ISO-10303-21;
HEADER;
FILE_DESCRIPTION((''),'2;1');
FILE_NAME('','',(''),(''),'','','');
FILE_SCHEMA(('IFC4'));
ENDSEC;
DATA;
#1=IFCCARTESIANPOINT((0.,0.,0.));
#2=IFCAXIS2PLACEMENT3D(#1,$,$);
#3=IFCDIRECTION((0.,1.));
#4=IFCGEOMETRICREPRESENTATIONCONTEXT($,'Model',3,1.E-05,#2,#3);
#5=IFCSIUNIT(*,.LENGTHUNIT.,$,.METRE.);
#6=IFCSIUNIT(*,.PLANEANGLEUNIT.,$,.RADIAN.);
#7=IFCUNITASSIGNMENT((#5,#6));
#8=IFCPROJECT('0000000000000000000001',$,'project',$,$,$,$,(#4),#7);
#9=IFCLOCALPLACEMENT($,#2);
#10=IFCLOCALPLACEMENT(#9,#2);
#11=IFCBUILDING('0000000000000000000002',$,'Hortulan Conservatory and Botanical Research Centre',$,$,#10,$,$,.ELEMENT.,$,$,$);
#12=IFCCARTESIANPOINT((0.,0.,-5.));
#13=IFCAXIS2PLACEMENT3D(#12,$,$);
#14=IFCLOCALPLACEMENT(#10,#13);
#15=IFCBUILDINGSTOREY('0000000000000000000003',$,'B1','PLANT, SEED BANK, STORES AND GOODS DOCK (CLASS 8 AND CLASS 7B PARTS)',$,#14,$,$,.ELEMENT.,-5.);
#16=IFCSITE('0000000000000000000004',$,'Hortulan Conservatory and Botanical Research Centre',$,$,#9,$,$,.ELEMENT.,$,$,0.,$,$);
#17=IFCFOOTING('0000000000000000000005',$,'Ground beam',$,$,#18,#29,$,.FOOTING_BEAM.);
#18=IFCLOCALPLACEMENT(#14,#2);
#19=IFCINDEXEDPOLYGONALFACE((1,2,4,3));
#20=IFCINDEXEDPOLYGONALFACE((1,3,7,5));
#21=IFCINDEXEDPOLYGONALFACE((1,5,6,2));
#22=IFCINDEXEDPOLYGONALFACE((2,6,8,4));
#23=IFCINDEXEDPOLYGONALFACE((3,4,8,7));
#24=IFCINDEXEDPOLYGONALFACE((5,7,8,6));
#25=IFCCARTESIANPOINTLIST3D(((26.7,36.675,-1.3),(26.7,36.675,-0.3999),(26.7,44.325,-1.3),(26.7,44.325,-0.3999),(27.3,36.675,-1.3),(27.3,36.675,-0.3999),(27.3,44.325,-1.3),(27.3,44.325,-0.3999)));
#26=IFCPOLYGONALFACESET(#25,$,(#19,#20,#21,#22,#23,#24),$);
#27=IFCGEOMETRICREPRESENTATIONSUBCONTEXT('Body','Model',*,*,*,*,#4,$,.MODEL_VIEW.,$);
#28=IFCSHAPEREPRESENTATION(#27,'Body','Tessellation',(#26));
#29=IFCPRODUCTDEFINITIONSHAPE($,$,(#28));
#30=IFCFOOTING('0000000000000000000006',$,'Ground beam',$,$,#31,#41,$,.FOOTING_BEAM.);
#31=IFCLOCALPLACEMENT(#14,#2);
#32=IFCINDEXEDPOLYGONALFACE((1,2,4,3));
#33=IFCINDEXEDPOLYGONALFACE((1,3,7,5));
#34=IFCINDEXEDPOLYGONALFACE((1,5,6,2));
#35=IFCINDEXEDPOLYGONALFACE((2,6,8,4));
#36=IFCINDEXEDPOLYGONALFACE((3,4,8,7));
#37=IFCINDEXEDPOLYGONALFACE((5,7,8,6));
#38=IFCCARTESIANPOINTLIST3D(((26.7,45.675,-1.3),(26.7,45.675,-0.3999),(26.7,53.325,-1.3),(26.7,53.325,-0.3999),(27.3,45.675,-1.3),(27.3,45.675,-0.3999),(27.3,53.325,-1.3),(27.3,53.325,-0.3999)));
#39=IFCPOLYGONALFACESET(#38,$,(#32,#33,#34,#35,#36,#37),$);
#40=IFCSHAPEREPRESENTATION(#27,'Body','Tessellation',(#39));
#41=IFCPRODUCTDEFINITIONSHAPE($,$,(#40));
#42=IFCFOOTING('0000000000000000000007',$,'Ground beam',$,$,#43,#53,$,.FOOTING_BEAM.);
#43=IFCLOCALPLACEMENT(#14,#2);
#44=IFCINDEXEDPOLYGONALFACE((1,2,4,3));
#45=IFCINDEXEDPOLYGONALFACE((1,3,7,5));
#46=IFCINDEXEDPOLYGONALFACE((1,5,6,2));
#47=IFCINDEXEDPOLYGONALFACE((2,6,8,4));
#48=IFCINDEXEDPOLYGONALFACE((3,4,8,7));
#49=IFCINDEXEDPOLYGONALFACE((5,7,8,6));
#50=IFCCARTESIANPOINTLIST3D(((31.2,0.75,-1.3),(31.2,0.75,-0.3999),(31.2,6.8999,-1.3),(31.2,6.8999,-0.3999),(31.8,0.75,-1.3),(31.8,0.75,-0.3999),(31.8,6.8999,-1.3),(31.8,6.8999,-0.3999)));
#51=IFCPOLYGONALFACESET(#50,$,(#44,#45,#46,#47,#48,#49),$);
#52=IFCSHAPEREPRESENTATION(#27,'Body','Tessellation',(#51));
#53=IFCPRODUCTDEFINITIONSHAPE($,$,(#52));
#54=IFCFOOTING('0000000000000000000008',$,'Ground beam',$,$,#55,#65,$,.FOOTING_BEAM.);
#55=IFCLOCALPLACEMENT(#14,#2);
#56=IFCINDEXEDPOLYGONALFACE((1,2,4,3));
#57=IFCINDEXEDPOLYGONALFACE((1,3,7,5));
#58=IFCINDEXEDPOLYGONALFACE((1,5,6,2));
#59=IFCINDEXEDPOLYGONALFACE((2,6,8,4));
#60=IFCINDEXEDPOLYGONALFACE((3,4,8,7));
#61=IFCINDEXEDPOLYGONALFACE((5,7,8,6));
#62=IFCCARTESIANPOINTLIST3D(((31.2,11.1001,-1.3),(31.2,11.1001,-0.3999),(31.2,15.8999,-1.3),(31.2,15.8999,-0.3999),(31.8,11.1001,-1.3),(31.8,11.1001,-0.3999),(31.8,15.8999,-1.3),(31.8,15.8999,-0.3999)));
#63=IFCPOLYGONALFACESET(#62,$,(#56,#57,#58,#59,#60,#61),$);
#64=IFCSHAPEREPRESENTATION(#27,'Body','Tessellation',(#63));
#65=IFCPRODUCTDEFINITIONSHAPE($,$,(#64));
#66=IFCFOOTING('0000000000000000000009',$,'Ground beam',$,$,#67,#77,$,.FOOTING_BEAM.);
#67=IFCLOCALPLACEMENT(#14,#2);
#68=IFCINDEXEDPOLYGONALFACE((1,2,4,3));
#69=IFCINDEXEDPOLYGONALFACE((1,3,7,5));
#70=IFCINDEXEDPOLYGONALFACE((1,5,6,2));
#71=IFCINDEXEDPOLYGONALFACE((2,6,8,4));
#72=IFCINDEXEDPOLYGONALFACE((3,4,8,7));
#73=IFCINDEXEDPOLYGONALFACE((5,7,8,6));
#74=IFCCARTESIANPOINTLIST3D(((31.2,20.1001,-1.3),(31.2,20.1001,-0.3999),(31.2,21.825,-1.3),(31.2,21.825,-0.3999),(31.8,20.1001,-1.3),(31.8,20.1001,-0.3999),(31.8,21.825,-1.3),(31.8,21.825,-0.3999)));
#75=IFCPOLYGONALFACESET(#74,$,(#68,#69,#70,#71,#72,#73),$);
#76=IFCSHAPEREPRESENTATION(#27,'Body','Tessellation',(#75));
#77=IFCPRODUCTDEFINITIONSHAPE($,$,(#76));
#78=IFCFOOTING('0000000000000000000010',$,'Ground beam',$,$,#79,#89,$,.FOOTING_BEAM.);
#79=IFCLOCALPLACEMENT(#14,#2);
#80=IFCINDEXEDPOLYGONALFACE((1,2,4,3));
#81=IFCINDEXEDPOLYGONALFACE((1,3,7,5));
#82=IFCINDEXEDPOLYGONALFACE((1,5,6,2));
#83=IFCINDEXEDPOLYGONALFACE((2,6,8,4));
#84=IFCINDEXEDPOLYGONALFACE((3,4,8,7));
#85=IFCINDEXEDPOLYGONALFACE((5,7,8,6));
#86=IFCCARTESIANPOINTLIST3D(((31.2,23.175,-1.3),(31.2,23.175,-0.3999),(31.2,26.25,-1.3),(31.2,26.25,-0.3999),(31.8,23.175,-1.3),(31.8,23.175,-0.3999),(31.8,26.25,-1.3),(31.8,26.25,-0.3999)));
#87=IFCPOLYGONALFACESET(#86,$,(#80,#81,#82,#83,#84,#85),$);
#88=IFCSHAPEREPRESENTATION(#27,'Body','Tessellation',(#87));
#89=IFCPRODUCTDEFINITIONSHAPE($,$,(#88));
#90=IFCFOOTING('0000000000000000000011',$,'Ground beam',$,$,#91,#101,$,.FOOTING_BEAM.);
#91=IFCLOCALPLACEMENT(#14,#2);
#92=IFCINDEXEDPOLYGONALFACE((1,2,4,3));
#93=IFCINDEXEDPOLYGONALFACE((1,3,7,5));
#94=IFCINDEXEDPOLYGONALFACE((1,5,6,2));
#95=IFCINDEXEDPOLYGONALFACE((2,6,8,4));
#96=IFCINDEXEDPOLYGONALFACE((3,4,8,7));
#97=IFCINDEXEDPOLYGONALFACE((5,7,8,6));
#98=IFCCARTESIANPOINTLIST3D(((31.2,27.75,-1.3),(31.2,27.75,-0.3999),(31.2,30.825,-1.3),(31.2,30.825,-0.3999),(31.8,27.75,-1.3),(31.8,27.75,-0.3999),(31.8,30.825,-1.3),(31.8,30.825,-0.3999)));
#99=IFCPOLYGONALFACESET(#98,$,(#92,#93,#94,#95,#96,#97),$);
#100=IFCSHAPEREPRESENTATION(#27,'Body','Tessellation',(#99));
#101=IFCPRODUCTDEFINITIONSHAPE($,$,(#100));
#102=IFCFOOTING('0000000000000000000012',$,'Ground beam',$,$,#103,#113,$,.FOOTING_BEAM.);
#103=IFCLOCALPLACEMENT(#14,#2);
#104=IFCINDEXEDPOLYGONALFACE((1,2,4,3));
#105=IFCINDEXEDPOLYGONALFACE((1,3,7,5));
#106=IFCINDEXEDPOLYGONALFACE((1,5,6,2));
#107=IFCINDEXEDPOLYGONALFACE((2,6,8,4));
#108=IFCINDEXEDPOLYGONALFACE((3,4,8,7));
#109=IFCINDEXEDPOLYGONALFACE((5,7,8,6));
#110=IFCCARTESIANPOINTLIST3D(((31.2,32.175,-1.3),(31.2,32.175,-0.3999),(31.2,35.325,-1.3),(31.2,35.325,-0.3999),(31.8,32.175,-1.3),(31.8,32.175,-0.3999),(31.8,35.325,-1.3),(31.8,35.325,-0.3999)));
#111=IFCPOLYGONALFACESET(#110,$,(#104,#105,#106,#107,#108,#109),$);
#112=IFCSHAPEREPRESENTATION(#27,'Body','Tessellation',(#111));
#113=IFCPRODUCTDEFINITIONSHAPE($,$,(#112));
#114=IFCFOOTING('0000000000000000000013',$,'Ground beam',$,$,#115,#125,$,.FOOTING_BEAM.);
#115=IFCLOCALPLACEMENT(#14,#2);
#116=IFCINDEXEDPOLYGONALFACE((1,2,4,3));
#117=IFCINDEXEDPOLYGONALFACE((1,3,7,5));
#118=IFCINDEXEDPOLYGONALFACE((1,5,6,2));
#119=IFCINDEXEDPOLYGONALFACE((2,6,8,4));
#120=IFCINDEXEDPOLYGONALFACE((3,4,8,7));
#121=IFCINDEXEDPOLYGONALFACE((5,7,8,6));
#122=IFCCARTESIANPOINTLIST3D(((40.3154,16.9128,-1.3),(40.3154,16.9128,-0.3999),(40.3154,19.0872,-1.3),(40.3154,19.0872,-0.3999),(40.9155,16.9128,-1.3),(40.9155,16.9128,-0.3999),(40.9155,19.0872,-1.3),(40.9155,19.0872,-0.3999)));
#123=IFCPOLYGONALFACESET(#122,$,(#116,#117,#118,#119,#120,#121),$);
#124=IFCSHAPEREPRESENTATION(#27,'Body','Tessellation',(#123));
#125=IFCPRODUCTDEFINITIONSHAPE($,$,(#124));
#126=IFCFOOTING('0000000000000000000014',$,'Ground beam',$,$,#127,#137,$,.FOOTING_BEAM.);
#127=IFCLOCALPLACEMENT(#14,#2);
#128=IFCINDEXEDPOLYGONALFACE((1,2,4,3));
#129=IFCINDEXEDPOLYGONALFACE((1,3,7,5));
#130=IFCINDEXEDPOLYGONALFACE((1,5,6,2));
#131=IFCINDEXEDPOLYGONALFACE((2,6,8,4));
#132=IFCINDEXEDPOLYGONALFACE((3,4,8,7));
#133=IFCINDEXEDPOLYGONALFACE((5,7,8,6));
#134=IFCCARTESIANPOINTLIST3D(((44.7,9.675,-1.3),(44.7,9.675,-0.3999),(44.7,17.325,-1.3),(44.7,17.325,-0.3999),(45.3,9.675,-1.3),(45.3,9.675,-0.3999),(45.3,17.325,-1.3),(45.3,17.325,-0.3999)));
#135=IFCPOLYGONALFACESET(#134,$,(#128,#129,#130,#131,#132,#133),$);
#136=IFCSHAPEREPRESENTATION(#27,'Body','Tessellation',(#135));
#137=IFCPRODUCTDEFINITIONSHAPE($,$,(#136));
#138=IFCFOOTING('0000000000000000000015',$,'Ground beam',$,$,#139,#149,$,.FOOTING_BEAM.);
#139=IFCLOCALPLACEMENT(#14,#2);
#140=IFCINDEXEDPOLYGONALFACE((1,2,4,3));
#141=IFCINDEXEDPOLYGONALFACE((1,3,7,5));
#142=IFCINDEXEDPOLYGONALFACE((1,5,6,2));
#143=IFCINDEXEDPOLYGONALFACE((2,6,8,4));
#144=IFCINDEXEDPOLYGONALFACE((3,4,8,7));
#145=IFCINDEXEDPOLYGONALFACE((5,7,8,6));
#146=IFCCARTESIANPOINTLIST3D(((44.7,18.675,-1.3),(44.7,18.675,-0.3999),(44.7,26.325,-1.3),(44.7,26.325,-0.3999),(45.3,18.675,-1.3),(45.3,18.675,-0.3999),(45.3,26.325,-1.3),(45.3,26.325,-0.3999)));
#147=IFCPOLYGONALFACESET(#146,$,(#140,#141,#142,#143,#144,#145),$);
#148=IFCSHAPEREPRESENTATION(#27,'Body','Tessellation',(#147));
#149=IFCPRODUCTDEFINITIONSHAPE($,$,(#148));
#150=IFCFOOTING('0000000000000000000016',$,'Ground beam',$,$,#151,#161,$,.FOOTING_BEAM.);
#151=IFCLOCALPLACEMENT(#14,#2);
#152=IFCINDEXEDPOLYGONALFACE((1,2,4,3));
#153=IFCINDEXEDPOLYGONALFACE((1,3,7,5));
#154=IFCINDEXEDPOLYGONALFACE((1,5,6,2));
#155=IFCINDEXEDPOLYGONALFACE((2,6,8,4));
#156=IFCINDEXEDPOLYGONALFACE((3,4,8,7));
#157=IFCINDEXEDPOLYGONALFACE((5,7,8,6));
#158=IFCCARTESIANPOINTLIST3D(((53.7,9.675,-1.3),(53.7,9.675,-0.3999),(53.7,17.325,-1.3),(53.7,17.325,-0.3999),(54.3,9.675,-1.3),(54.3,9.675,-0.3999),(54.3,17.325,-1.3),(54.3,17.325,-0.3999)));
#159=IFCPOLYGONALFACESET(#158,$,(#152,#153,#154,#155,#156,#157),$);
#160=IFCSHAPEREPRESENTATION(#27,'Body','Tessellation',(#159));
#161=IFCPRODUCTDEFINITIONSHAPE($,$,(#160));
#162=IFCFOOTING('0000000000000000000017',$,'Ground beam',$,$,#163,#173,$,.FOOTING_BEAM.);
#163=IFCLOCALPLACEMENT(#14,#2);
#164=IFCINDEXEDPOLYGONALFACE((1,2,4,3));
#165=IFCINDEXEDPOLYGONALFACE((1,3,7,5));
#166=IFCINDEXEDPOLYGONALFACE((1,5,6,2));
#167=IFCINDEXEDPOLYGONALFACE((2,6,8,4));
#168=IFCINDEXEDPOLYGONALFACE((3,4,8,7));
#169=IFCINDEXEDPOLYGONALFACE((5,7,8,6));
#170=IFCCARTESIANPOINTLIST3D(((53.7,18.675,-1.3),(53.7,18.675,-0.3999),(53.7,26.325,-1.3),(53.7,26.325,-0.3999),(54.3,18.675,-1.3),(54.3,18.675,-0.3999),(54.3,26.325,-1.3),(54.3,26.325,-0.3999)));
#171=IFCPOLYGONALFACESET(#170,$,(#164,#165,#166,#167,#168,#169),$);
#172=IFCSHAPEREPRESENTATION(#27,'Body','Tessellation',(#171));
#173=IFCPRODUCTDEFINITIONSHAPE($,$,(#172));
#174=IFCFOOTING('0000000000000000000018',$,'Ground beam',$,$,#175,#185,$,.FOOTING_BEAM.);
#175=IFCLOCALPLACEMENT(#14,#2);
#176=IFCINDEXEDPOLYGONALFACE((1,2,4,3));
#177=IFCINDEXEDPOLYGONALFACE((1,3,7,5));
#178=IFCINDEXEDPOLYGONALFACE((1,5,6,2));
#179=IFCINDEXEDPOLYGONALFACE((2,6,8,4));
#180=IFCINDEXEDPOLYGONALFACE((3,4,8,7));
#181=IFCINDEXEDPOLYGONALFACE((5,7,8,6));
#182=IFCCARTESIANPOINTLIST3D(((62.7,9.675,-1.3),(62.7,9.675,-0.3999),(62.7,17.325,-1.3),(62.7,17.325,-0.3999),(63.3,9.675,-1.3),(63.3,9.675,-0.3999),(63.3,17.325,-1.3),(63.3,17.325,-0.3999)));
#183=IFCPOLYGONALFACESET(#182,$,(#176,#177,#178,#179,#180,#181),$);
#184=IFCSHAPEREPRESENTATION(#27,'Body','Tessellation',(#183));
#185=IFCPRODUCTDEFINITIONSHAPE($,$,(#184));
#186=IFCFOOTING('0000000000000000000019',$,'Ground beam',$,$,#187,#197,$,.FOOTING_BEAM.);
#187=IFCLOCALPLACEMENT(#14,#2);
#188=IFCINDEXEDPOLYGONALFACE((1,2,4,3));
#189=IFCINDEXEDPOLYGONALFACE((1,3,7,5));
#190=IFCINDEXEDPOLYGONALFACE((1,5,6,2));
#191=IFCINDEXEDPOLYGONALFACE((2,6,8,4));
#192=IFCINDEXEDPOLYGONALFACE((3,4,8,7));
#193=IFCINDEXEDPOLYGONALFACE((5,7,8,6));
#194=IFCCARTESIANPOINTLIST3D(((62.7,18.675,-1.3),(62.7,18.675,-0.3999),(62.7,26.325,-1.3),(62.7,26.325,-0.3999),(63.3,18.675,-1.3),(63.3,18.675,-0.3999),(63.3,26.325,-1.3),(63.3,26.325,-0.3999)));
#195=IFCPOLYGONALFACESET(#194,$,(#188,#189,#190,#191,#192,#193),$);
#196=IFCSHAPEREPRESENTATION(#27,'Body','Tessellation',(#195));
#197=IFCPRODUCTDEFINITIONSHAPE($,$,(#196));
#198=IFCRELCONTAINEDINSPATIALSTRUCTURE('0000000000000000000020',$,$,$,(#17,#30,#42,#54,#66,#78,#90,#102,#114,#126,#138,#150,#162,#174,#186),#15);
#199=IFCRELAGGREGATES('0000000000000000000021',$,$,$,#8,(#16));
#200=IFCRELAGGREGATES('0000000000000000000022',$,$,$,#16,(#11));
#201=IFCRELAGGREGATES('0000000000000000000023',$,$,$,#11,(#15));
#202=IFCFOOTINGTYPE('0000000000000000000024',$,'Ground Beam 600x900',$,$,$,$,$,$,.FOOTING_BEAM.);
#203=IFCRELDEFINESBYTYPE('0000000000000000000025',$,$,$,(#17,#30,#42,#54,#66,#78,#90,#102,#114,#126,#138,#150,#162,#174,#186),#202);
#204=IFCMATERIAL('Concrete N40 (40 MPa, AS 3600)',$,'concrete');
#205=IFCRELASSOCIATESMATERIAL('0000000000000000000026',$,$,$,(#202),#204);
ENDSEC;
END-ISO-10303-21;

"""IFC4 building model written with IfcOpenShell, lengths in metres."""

from ifc_helpers import new_model, si_unit, direction, frame, origin, place, context, subcontext, project, spatial, polyline, outline, extrude, material, type_object, element, save


model = new_model("IFC4")

# Units and contexts
model_context = context("Model", 3, precision=1e-05, world=origin(), true_north=direction((0.0, 1.0)))
body_context = subcontext(model_context, "Body", "Model", "MODEL_VIEW")
ifc_project = project(units=[si_unit("LENGTHUNIT", "METRE"), si_unit("PLANEANGLEUNIT", "RADIAN")], contexts=[model_context])

# Site, building, storey
site_placement = place(None, origin())
site = spatial("IfcSite", under=ifc_project, at=site_placement, Name="Hortulan Conservatory and Botanical Research Centre", CompositionType="ELEMENT", RefElevation=0.0)
building_placement = place(site_placement, origin())
building = spatial("IfcBuilding", under=site, at=building_placement, Name="Hortulan Conservatory and Botanical Research Centre", CompositionType="ELEMENT")
storey_placement = place(building_placement, frame((0.0, 0.0, -5.0)))
storey = spatial("IfcBuildingStorey", under=building, at=storey_placement, Name="B1", Description="PLANT, SEED BANK, STORES AND GOODS DOCK (CLASS 8 AND CLASS 7B PARTS)", CompositionType="ELEMENT", Elevation=-5.0)

# Footings
ifc_material = material(Name="Concrete N40 (40 MPa, AS 3600)", Category="concrete")
footing_type = type_object("IfcFootingType", Name="Ground Beam 600x900", PredefinedType="FOOTING_BEAM", material=ifc_material)
footing_1_placement = place(storey_placement, frame((0.0, 0.0, -1.3)))
element("IfcFooting", 1, at=footing_1_placement, inside=storey, type_object=footing_type, Name="Ground beam", PredefinedType="FOOTING_BEAM", context=body_context, shape_type="SweptSolid", body=[
    extrude(outline(polyline([(27.3, 36.675), (27.3, 44.325), (26.7, 44.325), (26.7, 36.675), (27.3, 36.675)])), origin(), (0.0, 0.0, 1.0), 0.9001),
])
footing_2_placement = place(storey_placement, frame((0.0, 0.0, -1.3)))
element("IfcFooting", 2, at=footing_2_placement, inside=storey, type_object=footing_type, Name="Ground beam", PredefinedType="FOOTING_BEAM", context=body_context, shape_type="SweptSolid", body=[
    extrude(outline(polyline([(27.3, 45.675), (27.3, 53.325), (26.7, 53.325), (26.7, 45.675), (27.3, 45.675)])), origin(), (0.0, 0.0, 1.0), 0.9001),
])
footing_3_placement = place(storey_placement, frame((0.0, 0.0, -1.3)))
element("IfcFooting", 3, at=footing_3_placement, inside=storey, type_object=footing_type, Name="Ground beam", PredefinedType="FOOTING_BEAM", context=body_context, shape_type="SweptSolid", body=[
    extrude(outline(polyline([(31.8, 0.75), (31.8, 6.8999), (31.2, 6.8999), (31.2, 0.75), (31.8, 0.75)])), origin(), (0.0, 0.0, 1.0), 0.9001),
])
footing_4_placement = place(storey_placement, frame((0.0, 0.0, -1.3)))
element("IfcFooting", 4, at=footing_4_placement, inside=storey, type_object=footing_type, Name="Ground beam", PredefinedType="FOOTING_BEAM", context=body_context, shape_type="SweptSolid", body=[
    extrude(outline(polyline([(31.8, 11.1001), (31.8, 15.8999), (31.2, 15.8999), (31.2, 11.1001), (31.8, 11.1001)])), origin(), (0.0, 0.0, 1.0), 0.9001),
])
footing_5_placement = place(storey_placement, frame((0.0, 0.0, -1.3)))
element("IfcFooting", 5, at=footing_5_placement, inside=storey, type_object=footing_type, Name="Ground beam", PredefinedType="FOOTING_BEAM", context=body_context, shape_type="SweptSolid", body=[
    extrude(outline(polyline([(31.8, 20.1001), (31.8, 21.825), (31.2, 21.825), (31.2, 20.1001), (31.8, 20.1001)])), origin(), (0.0, 0.0, 1.0), 0.9001),
])
footing_6_placement = place(storey_placement, frame((0.0, 0.0, -1.3)))
element("IfcFooting", 6, at=footing_6_placement, inside=storey, type_object=footing_type, Name="Ground beam", PredefinedType="FOOTING_BEAM", context=body_context, shape_type="SweptSolid", body=[
    extrude(outline(polyline([(31.8, 23.175), (31.8, 26.25), (31.2, 26.25), (31.2, 23.175), (31.8, 23.175)])), origin(), (0.0, 0.0, 1.0), 0.9001),
])
footing_7_placement = place(storey_placement, frame((0.0, 0.0, -1.3)))
element("IfcFooting", 7, at=footing_7_placement, inside=storey, type_object=footing_type, Name="Ground beam", PredefinedType="FOOTING_BEAM", context=body_context, shape_type="SweptSolid", body=[
    extrude(outline(polyline([(31.8, 27.75), (31.8, 30.825), (31.2, 30.825), (31.2, 27.75), (31.8, 27.75)])), origin(), (0.0, 0.0, 1.0), 0.9001),
])
footing_8_placement = place(storey_placement, frame((0.0, 0.0, -1.3)))
element("IfcFooting", 8, at=footing_8_placement, inside=storey, type_object=footing_type, Name="Ground beam", PredefinedType="FOOTING_BEAM", context=body_context, shape_type="SweptSolid", body=[
    extrude(outline(polyline([(31.8, 32.175), (31.8, 35.325), (31.2, 35.325), (31.2, 32.175), (31.8, 32.175)])), origin(), (0.0, 0.0, 1.0), 0.9001),
])
footing_9_placement = place(storey_placement, frame((0.0, 0.0, -1.3)))
element("IfcFooting", 9, at=footing_9_placement, inside=storey, type_object=footing_type, Name="Ground beam", PredefinedType="FOOTING_BEAM", context=body_context, shape_type="SweptSolid", body=[
    extrude(outline(polyline([(40.9155, 16.9128), (40.9155, 19.0872), (40.3154, 19.0872), (40.3154, 16.9128), (40.9155, 16.9128)])), origin(), (0.0, 0.0, 1.0), 0.9001),
])
footing_10_placement = place(storey_placement, frame((0.0, 0.0, -1.3)))
element("IfcFooting", 10, at=footing_10_placement, inside=storey, type_object=footing_type, Name="Ground beam", PredefinedType="FOOTING_BEAM", context=body_context, shape_type="SweptSolid", body=[
    extrude(outline(polyline([(45.3, 9.675), (45.3, 17.325), (44.7, 17.325), (44.7, 9.675), (45.3, 9.675)])), origin(), (0.0, 0.0, 1.0), 0.9001),
])
footing_11_placement = place(storey_placement, frame((0.0, 0.0, -1.3)))
element("IfcFooting", 11, at=footing_11_placement, inside=storey, type_object=footing_type, Name="Ground beam", PredefinedType="FOOTING_BEAM", context=body_context, shape_type="SweptSolid", body=[
    extrude(outline(polyline([(45.3, 18.675), (45.3, 26.325), (44.7, 26.325), (44.7, 18.675), (45.3, 18.675)])), origin(), (0.0, 0.0, 1.0), 0.9001),
])
footing_12_placement = place(storey_placement, frame((0.0, 0.0, -1.3)))
element("IfcFooting", 12, at=footing_12_placement, inside=storey, type_object=footing_type, Name="Ground beam", PredefinedType="FOOTING_BEAM", context=body_context, shape_type="SweptSolid", body=[
    extrude(outline(polyline([(54.3, 9.675), (54.3, 17.325), (53.7, 17.325), (53.7, 9.675), (54.3, 9.675)])), origin(), (0.0, 0.0, 1.0), 0.9001),
])
footing_13_placement = place(storey_placement, frame((0.0, 0.0, -1.3)))
element("IfcFooting", 13, at=footing_13_placement, inside=storey, type_object=footing_type, Name="Ground beam", PredefinedType="FOOTING_BEAM", context=body_context, shape_type="SweptSolid", body=[
    extrude(outline(polyline([(54.3, 18.675), (54.3, 26.325), (53.7, 26.325), (53.7, 18.675), (54.3, 18.675)])), origin(), (0.0, 0.0, 1.0), 0.9001),
])
footing_14_placement = place(storey_placement, frame((0.0, 0.0, -1.3)))
element("IfcFooting", 14, at=footing_14_placement, inside=storey, type_object=footing_type, Name="Ground beam", PredefinedType="FOOTING_BEAM", context=body_context, shape_type="SweptSolid", body=[
    extrude(outline(polyline([(63.3, 9.675), (63.3, 17.325), (62.7, 17.325), (62.7, 9.675), (63.3, 9.675)])), origin(), (0.0, 0.0, 1.0), 0.9001),
])
footing_15_placement = place(storey_placement, frame((0.0, 0.0, -1.3)))
element("IfcFooting", 15, at=footing_15_placement, inside=storey, type_object=footing_type, Name="Ground beam", PredefinedType="FOOTING_BEAM", context=body_context, shape_type="SweptSolid", body=[
    extrude(outline(polyline([(63.3, 18.675), (63.3, 26.325), (62.7, 26.325), (62.7, 18.675), (63.3, 18.675)])), origin(), (0.0, 0.0, 1.0), 0.9001),
])

save(model, "model.ifc")
